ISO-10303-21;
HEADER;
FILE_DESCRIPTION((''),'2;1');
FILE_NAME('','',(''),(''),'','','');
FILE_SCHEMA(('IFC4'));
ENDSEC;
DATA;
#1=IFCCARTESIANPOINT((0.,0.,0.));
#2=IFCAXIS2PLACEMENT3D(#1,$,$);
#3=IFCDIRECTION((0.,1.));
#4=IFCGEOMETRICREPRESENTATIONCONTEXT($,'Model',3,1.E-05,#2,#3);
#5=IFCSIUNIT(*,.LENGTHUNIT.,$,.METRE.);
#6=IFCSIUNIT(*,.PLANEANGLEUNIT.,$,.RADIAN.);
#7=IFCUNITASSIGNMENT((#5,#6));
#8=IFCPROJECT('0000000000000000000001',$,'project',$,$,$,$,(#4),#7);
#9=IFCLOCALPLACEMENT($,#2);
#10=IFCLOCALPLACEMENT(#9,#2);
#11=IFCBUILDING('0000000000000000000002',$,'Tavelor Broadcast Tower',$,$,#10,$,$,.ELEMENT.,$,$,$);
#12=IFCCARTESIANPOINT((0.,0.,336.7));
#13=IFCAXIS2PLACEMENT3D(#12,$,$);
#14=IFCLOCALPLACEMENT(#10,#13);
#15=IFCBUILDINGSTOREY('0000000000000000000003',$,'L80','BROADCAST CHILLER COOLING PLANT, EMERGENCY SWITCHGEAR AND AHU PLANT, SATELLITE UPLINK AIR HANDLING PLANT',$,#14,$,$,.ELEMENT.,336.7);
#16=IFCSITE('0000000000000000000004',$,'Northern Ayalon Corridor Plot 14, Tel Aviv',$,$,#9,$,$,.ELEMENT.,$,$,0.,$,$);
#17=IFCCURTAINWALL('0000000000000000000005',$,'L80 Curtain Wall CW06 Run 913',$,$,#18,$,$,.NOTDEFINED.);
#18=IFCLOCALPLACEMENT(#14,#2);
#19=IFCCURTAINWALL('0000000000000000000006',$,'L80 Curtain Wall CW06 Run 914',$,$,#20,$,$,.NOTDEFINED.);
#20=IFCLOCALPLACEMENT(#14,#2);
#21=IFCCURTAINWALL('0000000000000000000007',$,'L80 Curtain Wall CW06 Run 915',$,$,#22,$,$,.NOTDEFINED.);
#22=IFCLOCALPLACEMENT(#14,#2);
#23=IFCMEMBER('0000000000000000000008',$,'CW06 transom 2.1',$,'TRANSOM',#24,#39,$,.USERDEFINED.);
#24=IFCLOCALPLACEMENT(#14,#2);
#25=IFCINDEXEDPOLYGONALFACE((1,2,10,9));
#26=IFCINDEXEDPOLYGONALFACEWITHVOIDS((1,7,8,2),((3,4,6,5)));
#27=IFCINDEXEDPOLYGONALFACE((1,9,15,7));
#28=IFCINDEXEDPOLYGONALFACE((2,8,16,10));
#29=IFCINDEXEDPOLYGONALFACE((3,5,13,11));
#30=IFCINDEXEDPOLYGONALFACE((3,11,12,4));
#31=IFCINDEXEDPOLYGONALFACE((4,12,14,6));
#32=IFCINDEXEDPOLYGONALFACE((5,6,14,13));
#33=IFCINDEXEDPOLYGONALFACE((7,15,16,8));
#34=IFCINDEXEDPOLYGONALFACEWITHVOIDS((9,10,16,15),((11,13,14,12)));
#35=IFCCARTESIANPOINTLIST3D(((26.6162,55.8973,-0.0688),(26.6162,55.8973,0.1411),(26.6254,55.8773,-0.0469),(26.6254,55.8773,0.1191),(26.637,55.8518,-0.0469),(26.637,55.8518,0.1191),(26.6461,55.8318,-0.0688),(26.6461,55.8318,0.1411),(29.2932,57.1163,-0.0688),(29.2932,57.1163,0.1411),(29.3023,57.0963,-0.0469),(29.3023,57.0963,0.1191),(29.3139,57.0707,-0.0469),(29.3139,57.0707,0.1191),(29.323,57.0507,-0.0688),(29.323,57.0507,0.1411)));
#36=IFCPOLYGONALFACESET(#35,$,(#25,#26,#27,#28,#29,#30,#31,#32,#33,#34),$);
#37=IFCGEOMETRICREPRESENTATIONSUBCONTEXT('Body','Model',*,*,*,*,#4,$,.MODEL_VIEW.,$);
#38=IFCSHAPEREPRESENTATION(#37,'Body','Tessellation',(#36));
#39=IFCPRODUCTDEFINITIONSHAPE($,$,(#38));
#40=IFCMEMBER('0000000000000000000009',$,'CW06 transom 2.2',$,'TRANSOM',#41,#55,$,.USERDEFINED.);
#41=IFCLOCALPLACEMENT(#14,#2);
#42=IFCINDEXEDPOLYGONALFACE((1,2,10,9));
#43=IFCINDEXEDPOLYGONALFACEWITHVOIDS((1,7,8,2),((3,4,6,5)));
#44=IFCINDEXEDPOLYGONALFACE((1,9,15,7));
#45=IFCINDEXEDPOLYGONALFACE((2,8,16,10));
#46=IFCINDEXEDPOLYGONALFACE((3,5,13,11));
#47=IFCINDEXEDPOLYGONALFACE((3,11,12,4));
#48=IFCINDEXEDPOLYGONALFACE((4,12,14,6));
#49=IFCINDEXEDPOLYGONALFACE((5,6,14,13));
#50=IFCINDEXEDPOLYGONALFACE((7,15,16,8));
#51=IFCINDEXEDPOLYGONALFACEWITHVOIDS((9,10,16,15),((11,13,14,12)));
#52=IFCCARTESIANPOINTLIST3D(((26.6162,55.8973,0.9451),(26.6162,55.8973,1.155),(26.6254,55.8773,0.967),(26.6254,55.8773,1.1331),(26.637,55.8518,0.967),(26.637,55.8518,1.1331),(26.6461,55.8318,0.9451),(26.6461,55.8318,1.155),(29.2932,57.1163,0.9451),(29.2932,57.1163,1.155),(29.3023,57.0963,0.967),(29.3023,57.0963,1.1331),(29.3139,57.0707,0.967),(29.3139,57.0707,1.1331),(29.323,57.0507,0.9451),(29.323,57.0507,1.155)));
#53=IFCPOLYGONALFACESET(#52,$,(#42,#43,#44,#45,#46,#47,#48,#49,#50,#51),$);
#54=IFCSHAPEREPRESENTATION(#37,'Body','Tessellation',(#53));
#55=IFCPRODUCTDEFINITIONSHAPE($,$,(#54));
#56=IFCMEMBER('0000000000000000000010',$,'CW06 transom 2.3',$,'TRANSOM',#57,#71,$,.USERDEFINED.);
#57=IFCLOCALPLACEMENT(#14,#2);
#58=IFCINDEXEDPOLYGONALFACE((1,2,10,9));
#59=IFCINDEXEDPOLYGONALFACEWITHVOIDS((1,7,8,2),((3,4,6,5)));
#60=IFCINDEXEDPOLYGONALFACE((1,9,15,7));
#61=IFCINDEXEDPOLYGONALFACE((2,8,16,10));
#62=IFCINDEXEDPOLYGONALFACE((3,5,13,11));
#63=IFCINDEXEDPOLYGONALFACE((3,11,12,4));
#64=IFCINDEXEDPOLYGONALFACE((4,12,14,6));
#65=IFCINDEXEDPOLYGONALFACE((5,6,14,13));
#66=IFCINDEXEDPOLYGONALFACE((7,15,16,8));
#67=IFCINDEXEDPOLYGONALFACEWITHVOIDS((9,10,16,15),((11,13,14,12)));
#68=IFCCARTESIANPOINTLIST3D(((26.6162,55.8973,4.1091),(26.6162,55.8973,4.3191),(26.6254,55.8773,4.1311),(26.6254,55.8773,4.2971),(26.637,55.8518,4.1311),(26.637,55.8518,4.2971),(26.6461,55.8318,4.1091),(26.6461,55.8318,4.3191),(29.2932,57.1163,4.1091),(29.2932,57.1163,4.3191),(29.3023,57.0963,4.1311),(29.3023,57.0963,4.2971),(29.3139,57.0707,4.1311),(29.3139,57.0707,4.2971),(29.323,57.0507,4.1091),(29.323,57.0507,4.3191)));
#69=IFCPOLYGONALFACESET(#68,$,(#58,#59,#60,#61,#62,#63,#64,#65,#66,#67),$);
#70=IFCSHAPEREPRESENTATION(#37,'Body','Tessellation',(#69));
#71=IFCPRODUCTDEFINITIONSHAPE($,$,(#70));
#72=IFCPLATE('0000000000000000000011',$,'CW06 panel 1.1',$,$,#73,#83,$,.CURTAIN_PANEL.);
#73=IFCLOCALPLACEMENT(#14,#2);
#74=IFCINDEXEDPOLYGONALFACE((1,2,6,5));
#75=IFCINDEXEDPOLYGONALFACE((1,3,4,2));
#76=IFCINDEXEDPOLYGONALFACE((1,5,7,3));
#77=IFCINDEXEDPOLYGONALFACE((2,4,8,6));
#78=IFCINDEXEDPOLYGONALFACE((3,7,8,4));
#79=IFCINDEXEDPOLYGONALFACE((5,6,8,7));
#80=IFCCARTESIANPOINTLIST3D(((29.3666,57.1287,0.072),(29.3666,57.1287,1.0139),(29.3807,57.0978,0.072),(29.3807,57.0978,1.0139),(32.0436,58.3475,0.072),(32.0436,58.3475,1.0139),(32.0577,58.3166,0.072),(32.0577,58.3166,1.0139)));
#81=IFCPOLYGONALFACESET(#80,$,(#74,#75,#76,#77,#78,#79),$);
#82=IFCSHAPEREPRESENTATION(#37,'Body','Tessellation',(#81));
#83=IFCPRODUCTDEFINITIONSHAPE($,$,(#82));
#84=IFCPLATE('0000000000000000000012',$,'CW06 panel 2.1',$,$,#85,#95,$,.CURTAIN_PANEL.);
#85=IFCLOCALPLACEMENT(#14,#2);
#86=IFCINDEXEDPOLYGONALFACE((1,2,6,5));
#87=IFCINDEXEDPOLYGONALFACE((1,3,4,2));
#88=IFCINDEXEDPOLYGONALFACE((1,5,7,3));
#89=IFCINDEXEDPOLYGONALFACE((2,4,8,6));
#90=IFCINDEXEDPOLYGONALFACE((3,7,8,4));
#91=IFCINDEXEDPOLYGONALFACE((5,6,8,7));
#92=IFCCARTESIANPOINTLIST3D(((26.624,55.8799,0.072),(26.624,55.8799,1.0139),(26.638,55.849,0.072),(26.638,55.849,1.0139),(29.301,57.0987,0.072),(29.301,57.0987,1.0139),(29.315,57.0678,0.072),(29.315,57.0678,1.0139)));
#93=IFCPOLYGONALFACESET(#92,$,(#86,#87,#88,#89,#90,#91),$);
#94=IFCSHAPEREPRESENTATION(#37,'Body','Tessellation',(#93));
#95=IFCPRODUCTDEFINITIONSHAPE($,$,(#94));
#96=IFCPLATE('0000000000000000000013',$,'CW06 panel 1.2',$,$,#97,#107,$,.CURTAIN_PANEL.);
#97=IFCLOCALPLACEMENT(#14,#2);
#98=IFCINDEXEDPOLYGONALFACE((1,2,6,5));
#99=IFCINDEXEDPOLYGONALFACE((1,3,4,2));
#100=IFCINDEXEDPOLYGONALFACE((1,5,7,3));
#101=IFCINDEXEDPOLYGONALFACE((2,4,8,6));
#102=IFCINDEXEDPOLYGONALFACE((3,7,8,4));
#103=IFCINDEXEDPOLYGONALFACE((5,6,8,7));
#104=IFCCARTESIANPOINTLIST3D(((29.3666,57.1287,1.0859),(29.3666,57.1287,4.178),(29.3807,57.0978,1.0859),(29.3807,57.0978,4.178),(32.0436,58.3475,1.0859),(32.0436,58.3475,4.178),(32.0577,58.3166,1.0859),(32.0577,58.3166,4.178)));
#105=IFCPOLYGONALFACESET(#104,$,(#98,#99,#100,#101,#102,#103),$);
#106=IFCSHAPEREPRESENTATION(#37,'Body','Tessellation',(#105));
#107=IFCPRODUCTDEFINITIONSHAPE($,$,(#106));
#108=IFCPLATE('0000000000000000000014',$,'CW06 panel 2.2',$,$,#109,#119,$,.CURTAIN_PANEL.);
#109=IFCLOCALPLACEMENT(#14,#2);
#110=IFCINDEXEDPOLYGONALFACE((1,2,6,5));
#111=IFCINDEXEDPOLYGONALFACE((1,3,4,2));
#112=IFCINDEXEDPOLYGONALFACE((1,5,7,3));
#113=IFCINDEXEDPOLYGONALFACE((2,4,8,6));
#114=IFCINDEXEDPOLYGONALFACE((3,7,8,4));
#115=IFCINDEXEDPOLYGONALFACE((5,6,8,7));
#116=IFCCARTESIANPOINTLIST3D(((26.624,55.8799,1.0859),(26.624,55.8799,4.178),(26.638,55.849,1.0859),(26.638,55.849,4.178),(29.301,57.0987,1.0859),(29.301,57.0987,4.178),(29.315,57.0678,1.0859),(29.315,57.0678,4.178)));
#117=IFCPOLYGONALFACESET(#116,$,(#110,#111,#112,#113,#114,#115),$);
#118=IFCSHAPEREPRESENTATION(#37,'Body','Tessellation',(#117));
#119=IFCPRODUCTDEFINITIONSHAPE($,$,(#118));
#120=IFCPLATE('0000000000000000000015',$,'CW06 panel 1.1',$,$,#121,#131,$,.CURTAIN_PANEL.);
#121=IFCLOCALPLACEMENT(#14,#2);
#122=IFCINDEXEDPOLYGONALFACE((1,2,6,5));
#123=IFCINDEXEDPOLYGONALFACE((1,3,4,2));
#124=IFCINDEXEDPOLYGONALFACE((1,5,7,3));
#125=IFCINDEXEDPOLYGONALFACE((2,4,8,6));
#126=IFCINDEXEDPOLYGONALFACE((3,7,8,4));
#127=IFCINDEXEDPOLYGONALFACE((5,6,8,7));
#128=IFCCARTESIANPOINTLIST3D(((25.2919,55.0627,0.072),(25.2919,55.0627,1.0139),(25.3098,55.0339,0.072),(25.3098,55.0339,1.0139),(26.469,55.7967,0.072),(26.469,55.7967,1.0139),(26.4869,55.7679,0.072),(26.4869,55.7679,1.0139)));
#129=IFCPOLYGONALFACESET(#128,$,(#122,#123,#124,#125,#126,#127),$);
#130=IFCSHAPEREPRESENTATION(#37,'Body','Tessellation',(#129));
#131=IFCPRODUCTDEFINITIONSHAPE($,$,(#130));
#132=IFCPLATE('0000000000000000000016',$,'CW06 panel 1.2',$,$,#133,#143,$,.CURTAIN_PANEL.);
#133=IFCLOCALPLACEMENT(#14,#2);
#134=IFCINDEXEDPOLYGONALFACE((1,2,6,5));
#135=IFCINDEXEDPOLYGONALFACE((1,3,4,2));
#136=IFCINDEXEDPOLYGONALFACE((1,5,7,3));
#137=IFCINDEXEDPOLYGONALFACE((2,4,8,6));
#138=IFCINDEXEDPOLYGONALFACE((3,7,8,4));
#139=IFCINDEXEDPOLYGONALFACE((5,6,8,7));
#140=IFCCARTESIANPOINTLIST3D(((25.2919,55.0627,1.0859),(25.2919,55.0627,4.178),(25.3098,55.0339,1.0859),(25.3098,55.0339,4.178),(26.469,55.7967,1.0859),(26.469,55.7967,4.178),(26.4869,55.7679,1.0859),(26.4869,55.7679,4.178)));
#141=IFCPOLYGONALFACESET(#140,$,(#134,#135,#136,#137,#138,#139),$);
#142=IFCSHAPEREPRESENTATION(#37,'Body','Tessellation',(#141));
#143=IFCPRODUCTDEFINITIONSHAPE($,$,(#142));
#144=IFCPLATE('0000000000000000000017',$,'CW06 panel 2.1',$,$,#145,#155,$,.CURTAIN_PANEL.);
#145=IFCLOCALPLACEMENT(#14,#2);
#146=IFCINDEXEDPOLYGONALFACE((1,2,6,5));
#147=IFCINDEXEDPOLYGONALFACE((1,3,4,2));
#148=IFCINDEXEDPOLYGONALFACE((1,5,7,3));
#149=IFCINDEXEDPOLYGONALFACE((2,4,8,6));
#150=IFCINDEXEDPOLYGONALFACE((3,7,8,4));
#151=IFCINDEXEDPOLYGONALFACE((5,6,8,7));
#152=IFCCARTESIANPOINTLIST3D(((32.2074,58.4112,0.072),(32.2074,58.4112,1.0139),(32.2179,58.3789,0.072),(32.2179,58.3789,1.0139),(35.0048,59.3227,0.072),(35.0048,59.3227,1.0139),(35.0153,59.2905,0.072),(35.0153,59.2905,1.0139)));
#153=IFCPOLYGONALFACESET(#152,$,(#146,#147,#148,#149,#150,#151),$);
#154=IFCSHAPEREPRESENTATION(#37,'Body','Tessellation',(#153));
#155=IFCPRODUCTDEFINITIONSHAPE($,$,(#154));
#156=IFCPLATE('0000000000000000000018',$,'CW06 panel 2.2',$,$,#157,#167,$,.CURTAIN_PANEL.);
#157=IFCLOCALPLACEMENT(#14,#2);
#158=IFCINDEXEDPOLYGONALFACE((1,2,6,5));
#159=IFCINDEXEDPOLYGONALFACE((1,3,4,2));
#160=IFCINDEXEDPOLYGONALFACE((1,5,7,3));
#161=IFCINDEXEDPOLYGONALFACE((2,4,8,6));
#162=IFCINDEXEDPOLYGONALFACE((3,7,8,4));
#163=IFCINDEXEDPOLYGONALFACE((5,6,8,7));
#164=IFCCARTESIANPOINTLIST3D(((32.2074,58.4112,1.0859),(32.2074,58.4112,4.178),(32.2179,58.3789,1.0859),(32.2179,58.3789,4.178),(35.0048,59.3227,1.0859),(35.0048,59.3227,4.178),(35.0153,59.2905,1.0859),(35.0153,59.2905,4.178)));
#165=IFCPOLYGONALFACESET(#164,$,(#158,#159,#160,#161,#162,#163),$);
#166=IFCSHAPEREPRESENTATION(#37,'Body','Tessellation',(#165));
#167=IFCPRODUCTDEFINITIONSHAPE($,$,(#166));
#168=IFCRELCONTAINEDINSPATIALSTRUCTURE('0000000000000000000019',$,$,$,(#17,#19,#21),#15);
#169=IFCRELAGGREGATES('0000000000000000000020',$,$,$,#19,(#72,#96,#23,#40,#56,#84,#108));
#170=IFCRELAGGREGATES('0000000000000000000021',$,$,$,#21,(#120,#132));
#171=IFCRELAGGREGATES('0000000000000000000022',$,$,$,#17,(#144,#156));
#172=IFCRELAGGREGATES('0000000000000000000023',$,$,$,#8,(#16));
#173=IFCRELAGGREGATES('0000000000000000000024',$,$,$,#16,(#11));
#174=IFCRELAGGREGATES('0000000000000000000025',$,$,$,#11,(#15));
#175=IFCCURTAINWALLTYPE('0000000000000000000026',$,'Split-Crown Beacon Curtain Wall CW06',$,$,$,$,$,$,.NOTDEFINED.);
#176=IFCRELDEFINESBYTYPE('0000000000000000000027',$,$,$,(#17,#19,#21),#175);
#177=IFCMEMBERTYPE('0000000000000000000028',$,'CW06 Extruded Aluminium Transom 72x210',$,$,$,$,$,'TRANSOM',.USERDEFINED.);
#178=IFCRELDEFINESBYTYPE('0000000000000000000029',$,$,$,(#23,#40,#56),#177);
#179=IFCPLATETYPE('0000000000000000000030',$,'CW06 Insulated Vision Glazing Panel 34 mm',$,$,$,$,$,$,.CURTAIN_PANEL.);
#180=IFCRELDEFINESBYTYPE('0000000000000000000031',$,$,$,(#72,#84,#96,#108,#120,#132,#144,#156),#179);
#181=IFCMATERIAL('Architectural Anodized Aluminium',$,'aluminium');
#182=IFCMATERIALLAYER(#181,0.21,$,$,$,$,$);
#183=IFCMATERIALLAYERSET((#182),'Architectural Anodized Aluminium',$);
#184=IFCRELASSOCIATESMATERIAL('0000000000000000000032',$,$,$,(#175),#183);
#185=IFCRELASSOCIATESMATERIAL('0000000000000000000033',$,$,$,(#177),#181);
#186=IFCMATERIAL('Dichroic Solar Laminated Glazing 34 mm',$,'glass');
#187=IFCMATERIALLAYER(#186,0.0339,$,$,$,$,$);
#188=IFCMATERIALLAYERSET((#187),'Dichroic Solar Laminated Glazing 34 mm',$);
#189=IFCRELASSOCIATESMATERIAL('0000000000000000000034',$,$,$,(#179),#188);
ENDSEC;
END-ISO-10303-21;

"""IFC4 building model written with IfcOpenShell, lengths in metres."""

from ifc_helpers import new_model, si_unit, direction, frame, origin, origin_2d, place, context, subcontext, project, spatial, rectangle, hollow_rectangle, extrude, source, transform, mapped, material, layer, layer_set, material_profile, profile_set, type_object, type_shapes, element, aggregate, save


model = new_model("IFC4")

# Units and contexts
model_context = context("Model", 3, precision=1e-05, world=origin(), true_north=direction((0.0, 1.0)))
body_context = subcontext(model_context, "Body", "Model", "MODEL_VIEW")
ifc_project = project(units=[si_unit("LENGTHUNIT", "METRE"), si_unit("PLANEANGLEUNIT", "RADIAN")], contexts=[model_context])

# Site, building, storey
site_placement = place(None, origin())
site = spatial("IfcSite", under=ifc_project, at=site_placement, Name="Northern Ayalon Corridor Plot 14, Tel Aviv", CompositionType="ELEMENT", RefElevation=0.0)
building_placement = place(site_placement, origin())
building = spatial("IfcBuilding", under=site, at=building_placement, Name="Tavelor Broadcast Tower", CompositionType="ELEMENT")
storey_placement = place(building_placement, frame((0.0, 0.0, 336.7)))
storey = spatial("IfcBuildingStorey", under=building, at=storey_placement, Name="L80", Description="BROADCAST CHILLER COOLING PLANT, EMERGENCY SWITCHGEAR AND AHU PLANT, SATELLITE UPLINK AIR HANDLING PLANT", CompositionType="ELEMENT", Elevation=336.7)

# Curtain wall
ifc_material_1 = material(Name="Architectural Anodized Aluminium", Category="aluminium")
ifc_layer_1 = layer(ifc_material_1, 0.21)
ifc_layer_set_1 = layer_set([ifc_layer_1], Name="Architectural Anodized Aluminium")
curtain_wall_type = type_object("IfcCurtainWallType", Name="Split-Crown Beacon Curtain Wall CW06", PredefinedType="NOTDEFINED", material=ifc_layer_set_1)
curtain_wall_1_placement = place(storey_placement, origin())
curtain_wall_1 = element("IfcCurtainWall", 1, at=curtain_wall_1_placement, inside=storey, type_object=curtain_wall_type, Name="L80 Curtain Wall CW06 Run 913", PredefinedType="NOTDEFINED")

# Curtain wall
curtain_wall_2_placement = place(storey_placement, origin())
curtain_wall_2 = element("IfcCurtainWall", 2, at=curtain_wall_2_placement, inside=storey, type_object=curtain_wall_type, Name="L80 Curtain Wall CW06 Run 914", PredefinedType="NOTDEFINED")

# Curtain wall
curtain_wall_3_placement = place(storey_placement, origin())
curtain_wall_3 = element("IfcCurtainWall", 3, at=curtain_wall_3_placement, inside=storey, type_object=curtain_wall_type, Name="L80 Curtain Wall CW06 Run 915", PredefinedType="NOTDEFINED")

# Members
ifc_material_profile_1 = material_profile(ifc_material_1, hollow_rectangle(XDim=0.072, YDim=0.21, WallThickness=0.022, at=origin_2d()), Name="RHS 72x210x22")
ifc_profile_set_1 = profile_set([ifc_material_profile_1], Name="Architectural Anodized Aluminium")
member_type_1 = type_object("IfcMemberType", Name="CW06 Extruded Aluminium Transom 72x210", ElementType="TRANSOM", PredefinedType="USERDEFINED", material=ifc_profile_set_1)
shared_shape_1 = source(origin(), body_context, "Body", "SweptSolid", [
    extrude(hollow_rectangle(XDim=0.072, YDim=0.21, WallThickness=0.022, at=origin_2d()), origin(), (0.0, 0.0, 1.0), 2.9414),
])
member_1_placement = place(storey_placement, frame((29.3081, 57.0835, 0.0361), z_axis=(-0.910088, -0.414416, 0.0), x_axis=(0.414416, -0.910088, 0.0)))
member_1 = element("IfcMember", 4, at=member_1_placement, type_object=member_type_1, Name="CW06 transom 2.1", ObjectType="TRANSOM", PredefinedType="USERDEFINED", context=body_context, shape_type="MappedRepresentation", body=[
    mapped(shared_shape_1, transform((0.0, 0.0, 0.0), scale=1.0)),
])
member_2_placement = place(storey_placement, frame((29.3081, 57.0835, 1.05), z_axis=(-0.910088, -0.414416, 0.0), x_axis=(0.414416, -0.910088, 0.0)))
member_2 = element("IfcMember", 5, at=member_2_placement, type_object=member_type_1, Name="CW06 transom 2.2", ObjectType="TRANSOM", PredefinedType="USERDEFINED", context=body_context, shape_type="MappedRepresentation", body=[
    mapped(shared_shape_1, transform((0.0, 0.0, 0.0), scale=1.0)),
])
member_3_placement = place(storey_placement, frame((29.3081, 57.0835, 4.2141), z_axis=(-0.910088, -0.414416, 0.0), x_axis=(0.414416, -0.910088, 0.0)))
member_3 = element("IfcMember", 6, at=member_3_placement, type_object=member_type_1, Name="CW06 transom 2.3", ObjectType="TRANSOM", PredefinedType="USERDEFINED", context=body_context, shape_type="MappedRepresentation", body=[
    mapped(shared_shape_1, transform((0.0, 0.0, 0.0), scale=1.0)),
])

# Plates
ifc_material_2 = material(Name="Dichroic Solar Laminated Glazing 34 mm", Category="glass")
ifc_layer_2 = layer(ifc_material_2, 0.0339)
ifc_layer_set_2 = layer_set([ifc_layer_2], Name="Dichroic Solar Laminated Glazing 34 mm")
plate_type = type_object("IfcPlateType", Name="CW06 Insulated Vision Glazing Panel 34 mm", PredefinedType="CURTAIN_PANEL", material=ifc_layer_set_2)
shared_shape_2 = source(origin(), body_context, "Body", "SweptSolid", [
    extrude(rectangle(XDim=2.9414, YDim=0.0339, at=origin_2d()), origin(), (0.0, 0.0, 1.0), 0.9419),
])
plate_1_placement = place(storey_placement, frame((30.7122, 57.7227, 0.072), z_axis=(0.0, 0.0, 1.0), x_axis=(-0.91011, -0.414367, 0.0)))
plate_1 = element("IfcPlate", 7, at=plate_1_placement, type_object=plate_type, Name="CW06 panel 1.1", PredefinedType="CURTAIN_PANEL", context=body_context, shape_type="MappedRepresentation", body=[
    mapped(shared_shape_2, transform((0.0, 0.0, 0.0), scale=1.0)),
])
plate_2_placement = place(storey_placement, frame((27.9695, 56.4739, 0.072), z_axis=(0.0, 0.0, 1.0), x_axis=(-0.91011, -0.414367, 0.0)))
plate_2 = element("IfcPlate", 8, at=plate_2_placement, type_object=plate_type, Name="CW06 panel 2.1", PredefinedType="CURTAIN_PANEL", context=body_context, shape_type="MappedRepresentation", body=[
    mapped(shared_shape_2, transform((0.0, 0.0, 0.0), scale=1.0)),
])
shared_shape_3 = source(origin(), body_context, "Body", "SweptSolid", [
    extrude(rectangle(XDim=2.9414, YDim=0.0339, at=origin_2d()), origin(), (0.0, 0.0, 1.0), 3.092),
])
plate_3_placement = place(storey_placement, frame((30.7122, 57.7227, 1.0859), z_axis=(0.0, 0.0, 1.0), x_axis=(-0.91011, -0.414367, 0.0)))
plate_3 = element("IfcPlate", 9, at=plate_3_placement, type_object=plate_type, Name="CW06 panel 1.2", PredefinedType="CURTAIN_PANEL", context=body_context, shape_type="MappedRepresentation", body=[
    mapped(shared_shape_3, transform((0.0, 0.0, 0.0), scale=1.0)),
])
plate_4_placement = place(storey_placement, frame((27.9695, 56.4739, 1.0859), z_axis=(0.0, 0.0, 1.0), x_axis=(-0.91011, -0.414367, 0.0)))
plate_4 = element("IfcPlate", 10, at=plate_4_placement, type_object=plate_type, Name="CW06 panel 2.2", PredefinedType="CURTAIN_PANEL", context=body_context, shape_type="MappedRepresentation", body=[
    mapped(shared_shape_3, transform((0.0, 0.0, 0.0), scale=1.0)),
])
aggregate(curtain_wall_2, [plate_1, plate_3, member_1, member_2, member_3, plate_2, plate_4])
shared_shape_4 = source(origin(), body_context, "Body", "SweptSolid", [
    extrude(rectangle(XDim=1.3872, YDim=0.0339, at=origin_2d()), origin(), (0.0, 0.0, 1.0), 0.9419),
])
plate_5_placement = place(storey_placement, frame((25.8894, 55.4153, 0.072), z_axis=(0.0, 0.0, 1.0), x_axis=(-0.848526, -0.529153, 0.0)))
plate_5 = element("IfcPlate", 11, at=plate_5_placement, type_object=plate_type, Name="CW06 panel 1.1", PredefinedType="CURTAIN_PANEL", context=body_context, shape_type="MappedRepresentation", body=[
    mapped(shared_shape_4, transform((0.0, 0.0, 0.0), scale=1.0)),
])
shared_shape_5 = source(origin(), body_context, "Body", "SweptSolid", [
    extrude(rectangle(XDim=1.3872, YDim=0.0339, at=origin_2d()), origin(), (0.0, 0.0, 1.0), 3.092),
])
plate_6_placement = place(storey_placement, frame((25.8894, 55.4153, 1.0859), z_axis=(0.0, 0.0, 1.0), x_axis=(-0.848526, -0.529153, 0.0)))
plate_6 = element("IfcPlate", 12, at=plate_6_placement, type_object=plate_type, Name="CW06 panel 1.2", PredefinedType="CURTAIN_PANEL", context=body_context, shape_type="MappedRepresentation", body=[
    mapped(shared_shape_5, transform((0.0, 0.0, 0.0), scale=1.0)),
])
aggregate(curtain_wall_3, [plate_5, plate_6])
shared_shape_6 = source(origin(), body_context, "Body", "SweptSolid", [
    extrude(rectangle(XDim=2.9421, YDim=0.0339, at=origin_2d()), origin(), (0.0, 0.0, 1.0), 0.9419),
])
plate_7_placement = place(storey_placement, frame((33.6113, 58.8508, 0.072), z_axis=(0.0, 0.0, 1.0), x_axis=(-0.950794, -0.309822, 0.0)))
plate_7 = element("IfcPlate", 13, at=plate_7_placement, type_object=plate_type, Name="CW06 panel 2.1", PredefinedType="CURTAIN_PANEL", context=body_context, shape_type="MappedRepresentation", body=[
    mapped(shared_shape_6, transform((0.0, 0.0, 0.0), scale=1.0)),
])
shared_shape_7 = source(origin(), body_context, "Body", "SweptSolid", [
    extrude(rectangle(XDim=2.9421, YDim=0.0339, at=origin_2d()), origin(), (0.0, 0.0, 1.0), 3.092),
])
type_shapes(plate_type, [shared_shape_2, shared_shape_3, shared_shape_4, shared_shape_5, shared_shape_6, shared_shape_7])
plate_8_placement = place(storey_placement, frame((33.6113, 58.8508, 1.0859), z_axis=(0.0, 0.0, 1.0), x_axis=(-0.950794, -0.309822, 0.0)))
plate_8 = element("IfcPlate", 14, at=plate_8_placement, type_object=plate_type, Name="CW06 panel 2.2", PredefinedType="CURTAIN_PANEL", context=body_context, shape_type="MappedRepresentation", body=[
    mapped(shared_shape_7, transform((0.0, 0.0, 0.0), scale=1.0)),
])
aggregate(curtain_wall_1, [plate_7, plate_8])

save(model, "model.ifc")
